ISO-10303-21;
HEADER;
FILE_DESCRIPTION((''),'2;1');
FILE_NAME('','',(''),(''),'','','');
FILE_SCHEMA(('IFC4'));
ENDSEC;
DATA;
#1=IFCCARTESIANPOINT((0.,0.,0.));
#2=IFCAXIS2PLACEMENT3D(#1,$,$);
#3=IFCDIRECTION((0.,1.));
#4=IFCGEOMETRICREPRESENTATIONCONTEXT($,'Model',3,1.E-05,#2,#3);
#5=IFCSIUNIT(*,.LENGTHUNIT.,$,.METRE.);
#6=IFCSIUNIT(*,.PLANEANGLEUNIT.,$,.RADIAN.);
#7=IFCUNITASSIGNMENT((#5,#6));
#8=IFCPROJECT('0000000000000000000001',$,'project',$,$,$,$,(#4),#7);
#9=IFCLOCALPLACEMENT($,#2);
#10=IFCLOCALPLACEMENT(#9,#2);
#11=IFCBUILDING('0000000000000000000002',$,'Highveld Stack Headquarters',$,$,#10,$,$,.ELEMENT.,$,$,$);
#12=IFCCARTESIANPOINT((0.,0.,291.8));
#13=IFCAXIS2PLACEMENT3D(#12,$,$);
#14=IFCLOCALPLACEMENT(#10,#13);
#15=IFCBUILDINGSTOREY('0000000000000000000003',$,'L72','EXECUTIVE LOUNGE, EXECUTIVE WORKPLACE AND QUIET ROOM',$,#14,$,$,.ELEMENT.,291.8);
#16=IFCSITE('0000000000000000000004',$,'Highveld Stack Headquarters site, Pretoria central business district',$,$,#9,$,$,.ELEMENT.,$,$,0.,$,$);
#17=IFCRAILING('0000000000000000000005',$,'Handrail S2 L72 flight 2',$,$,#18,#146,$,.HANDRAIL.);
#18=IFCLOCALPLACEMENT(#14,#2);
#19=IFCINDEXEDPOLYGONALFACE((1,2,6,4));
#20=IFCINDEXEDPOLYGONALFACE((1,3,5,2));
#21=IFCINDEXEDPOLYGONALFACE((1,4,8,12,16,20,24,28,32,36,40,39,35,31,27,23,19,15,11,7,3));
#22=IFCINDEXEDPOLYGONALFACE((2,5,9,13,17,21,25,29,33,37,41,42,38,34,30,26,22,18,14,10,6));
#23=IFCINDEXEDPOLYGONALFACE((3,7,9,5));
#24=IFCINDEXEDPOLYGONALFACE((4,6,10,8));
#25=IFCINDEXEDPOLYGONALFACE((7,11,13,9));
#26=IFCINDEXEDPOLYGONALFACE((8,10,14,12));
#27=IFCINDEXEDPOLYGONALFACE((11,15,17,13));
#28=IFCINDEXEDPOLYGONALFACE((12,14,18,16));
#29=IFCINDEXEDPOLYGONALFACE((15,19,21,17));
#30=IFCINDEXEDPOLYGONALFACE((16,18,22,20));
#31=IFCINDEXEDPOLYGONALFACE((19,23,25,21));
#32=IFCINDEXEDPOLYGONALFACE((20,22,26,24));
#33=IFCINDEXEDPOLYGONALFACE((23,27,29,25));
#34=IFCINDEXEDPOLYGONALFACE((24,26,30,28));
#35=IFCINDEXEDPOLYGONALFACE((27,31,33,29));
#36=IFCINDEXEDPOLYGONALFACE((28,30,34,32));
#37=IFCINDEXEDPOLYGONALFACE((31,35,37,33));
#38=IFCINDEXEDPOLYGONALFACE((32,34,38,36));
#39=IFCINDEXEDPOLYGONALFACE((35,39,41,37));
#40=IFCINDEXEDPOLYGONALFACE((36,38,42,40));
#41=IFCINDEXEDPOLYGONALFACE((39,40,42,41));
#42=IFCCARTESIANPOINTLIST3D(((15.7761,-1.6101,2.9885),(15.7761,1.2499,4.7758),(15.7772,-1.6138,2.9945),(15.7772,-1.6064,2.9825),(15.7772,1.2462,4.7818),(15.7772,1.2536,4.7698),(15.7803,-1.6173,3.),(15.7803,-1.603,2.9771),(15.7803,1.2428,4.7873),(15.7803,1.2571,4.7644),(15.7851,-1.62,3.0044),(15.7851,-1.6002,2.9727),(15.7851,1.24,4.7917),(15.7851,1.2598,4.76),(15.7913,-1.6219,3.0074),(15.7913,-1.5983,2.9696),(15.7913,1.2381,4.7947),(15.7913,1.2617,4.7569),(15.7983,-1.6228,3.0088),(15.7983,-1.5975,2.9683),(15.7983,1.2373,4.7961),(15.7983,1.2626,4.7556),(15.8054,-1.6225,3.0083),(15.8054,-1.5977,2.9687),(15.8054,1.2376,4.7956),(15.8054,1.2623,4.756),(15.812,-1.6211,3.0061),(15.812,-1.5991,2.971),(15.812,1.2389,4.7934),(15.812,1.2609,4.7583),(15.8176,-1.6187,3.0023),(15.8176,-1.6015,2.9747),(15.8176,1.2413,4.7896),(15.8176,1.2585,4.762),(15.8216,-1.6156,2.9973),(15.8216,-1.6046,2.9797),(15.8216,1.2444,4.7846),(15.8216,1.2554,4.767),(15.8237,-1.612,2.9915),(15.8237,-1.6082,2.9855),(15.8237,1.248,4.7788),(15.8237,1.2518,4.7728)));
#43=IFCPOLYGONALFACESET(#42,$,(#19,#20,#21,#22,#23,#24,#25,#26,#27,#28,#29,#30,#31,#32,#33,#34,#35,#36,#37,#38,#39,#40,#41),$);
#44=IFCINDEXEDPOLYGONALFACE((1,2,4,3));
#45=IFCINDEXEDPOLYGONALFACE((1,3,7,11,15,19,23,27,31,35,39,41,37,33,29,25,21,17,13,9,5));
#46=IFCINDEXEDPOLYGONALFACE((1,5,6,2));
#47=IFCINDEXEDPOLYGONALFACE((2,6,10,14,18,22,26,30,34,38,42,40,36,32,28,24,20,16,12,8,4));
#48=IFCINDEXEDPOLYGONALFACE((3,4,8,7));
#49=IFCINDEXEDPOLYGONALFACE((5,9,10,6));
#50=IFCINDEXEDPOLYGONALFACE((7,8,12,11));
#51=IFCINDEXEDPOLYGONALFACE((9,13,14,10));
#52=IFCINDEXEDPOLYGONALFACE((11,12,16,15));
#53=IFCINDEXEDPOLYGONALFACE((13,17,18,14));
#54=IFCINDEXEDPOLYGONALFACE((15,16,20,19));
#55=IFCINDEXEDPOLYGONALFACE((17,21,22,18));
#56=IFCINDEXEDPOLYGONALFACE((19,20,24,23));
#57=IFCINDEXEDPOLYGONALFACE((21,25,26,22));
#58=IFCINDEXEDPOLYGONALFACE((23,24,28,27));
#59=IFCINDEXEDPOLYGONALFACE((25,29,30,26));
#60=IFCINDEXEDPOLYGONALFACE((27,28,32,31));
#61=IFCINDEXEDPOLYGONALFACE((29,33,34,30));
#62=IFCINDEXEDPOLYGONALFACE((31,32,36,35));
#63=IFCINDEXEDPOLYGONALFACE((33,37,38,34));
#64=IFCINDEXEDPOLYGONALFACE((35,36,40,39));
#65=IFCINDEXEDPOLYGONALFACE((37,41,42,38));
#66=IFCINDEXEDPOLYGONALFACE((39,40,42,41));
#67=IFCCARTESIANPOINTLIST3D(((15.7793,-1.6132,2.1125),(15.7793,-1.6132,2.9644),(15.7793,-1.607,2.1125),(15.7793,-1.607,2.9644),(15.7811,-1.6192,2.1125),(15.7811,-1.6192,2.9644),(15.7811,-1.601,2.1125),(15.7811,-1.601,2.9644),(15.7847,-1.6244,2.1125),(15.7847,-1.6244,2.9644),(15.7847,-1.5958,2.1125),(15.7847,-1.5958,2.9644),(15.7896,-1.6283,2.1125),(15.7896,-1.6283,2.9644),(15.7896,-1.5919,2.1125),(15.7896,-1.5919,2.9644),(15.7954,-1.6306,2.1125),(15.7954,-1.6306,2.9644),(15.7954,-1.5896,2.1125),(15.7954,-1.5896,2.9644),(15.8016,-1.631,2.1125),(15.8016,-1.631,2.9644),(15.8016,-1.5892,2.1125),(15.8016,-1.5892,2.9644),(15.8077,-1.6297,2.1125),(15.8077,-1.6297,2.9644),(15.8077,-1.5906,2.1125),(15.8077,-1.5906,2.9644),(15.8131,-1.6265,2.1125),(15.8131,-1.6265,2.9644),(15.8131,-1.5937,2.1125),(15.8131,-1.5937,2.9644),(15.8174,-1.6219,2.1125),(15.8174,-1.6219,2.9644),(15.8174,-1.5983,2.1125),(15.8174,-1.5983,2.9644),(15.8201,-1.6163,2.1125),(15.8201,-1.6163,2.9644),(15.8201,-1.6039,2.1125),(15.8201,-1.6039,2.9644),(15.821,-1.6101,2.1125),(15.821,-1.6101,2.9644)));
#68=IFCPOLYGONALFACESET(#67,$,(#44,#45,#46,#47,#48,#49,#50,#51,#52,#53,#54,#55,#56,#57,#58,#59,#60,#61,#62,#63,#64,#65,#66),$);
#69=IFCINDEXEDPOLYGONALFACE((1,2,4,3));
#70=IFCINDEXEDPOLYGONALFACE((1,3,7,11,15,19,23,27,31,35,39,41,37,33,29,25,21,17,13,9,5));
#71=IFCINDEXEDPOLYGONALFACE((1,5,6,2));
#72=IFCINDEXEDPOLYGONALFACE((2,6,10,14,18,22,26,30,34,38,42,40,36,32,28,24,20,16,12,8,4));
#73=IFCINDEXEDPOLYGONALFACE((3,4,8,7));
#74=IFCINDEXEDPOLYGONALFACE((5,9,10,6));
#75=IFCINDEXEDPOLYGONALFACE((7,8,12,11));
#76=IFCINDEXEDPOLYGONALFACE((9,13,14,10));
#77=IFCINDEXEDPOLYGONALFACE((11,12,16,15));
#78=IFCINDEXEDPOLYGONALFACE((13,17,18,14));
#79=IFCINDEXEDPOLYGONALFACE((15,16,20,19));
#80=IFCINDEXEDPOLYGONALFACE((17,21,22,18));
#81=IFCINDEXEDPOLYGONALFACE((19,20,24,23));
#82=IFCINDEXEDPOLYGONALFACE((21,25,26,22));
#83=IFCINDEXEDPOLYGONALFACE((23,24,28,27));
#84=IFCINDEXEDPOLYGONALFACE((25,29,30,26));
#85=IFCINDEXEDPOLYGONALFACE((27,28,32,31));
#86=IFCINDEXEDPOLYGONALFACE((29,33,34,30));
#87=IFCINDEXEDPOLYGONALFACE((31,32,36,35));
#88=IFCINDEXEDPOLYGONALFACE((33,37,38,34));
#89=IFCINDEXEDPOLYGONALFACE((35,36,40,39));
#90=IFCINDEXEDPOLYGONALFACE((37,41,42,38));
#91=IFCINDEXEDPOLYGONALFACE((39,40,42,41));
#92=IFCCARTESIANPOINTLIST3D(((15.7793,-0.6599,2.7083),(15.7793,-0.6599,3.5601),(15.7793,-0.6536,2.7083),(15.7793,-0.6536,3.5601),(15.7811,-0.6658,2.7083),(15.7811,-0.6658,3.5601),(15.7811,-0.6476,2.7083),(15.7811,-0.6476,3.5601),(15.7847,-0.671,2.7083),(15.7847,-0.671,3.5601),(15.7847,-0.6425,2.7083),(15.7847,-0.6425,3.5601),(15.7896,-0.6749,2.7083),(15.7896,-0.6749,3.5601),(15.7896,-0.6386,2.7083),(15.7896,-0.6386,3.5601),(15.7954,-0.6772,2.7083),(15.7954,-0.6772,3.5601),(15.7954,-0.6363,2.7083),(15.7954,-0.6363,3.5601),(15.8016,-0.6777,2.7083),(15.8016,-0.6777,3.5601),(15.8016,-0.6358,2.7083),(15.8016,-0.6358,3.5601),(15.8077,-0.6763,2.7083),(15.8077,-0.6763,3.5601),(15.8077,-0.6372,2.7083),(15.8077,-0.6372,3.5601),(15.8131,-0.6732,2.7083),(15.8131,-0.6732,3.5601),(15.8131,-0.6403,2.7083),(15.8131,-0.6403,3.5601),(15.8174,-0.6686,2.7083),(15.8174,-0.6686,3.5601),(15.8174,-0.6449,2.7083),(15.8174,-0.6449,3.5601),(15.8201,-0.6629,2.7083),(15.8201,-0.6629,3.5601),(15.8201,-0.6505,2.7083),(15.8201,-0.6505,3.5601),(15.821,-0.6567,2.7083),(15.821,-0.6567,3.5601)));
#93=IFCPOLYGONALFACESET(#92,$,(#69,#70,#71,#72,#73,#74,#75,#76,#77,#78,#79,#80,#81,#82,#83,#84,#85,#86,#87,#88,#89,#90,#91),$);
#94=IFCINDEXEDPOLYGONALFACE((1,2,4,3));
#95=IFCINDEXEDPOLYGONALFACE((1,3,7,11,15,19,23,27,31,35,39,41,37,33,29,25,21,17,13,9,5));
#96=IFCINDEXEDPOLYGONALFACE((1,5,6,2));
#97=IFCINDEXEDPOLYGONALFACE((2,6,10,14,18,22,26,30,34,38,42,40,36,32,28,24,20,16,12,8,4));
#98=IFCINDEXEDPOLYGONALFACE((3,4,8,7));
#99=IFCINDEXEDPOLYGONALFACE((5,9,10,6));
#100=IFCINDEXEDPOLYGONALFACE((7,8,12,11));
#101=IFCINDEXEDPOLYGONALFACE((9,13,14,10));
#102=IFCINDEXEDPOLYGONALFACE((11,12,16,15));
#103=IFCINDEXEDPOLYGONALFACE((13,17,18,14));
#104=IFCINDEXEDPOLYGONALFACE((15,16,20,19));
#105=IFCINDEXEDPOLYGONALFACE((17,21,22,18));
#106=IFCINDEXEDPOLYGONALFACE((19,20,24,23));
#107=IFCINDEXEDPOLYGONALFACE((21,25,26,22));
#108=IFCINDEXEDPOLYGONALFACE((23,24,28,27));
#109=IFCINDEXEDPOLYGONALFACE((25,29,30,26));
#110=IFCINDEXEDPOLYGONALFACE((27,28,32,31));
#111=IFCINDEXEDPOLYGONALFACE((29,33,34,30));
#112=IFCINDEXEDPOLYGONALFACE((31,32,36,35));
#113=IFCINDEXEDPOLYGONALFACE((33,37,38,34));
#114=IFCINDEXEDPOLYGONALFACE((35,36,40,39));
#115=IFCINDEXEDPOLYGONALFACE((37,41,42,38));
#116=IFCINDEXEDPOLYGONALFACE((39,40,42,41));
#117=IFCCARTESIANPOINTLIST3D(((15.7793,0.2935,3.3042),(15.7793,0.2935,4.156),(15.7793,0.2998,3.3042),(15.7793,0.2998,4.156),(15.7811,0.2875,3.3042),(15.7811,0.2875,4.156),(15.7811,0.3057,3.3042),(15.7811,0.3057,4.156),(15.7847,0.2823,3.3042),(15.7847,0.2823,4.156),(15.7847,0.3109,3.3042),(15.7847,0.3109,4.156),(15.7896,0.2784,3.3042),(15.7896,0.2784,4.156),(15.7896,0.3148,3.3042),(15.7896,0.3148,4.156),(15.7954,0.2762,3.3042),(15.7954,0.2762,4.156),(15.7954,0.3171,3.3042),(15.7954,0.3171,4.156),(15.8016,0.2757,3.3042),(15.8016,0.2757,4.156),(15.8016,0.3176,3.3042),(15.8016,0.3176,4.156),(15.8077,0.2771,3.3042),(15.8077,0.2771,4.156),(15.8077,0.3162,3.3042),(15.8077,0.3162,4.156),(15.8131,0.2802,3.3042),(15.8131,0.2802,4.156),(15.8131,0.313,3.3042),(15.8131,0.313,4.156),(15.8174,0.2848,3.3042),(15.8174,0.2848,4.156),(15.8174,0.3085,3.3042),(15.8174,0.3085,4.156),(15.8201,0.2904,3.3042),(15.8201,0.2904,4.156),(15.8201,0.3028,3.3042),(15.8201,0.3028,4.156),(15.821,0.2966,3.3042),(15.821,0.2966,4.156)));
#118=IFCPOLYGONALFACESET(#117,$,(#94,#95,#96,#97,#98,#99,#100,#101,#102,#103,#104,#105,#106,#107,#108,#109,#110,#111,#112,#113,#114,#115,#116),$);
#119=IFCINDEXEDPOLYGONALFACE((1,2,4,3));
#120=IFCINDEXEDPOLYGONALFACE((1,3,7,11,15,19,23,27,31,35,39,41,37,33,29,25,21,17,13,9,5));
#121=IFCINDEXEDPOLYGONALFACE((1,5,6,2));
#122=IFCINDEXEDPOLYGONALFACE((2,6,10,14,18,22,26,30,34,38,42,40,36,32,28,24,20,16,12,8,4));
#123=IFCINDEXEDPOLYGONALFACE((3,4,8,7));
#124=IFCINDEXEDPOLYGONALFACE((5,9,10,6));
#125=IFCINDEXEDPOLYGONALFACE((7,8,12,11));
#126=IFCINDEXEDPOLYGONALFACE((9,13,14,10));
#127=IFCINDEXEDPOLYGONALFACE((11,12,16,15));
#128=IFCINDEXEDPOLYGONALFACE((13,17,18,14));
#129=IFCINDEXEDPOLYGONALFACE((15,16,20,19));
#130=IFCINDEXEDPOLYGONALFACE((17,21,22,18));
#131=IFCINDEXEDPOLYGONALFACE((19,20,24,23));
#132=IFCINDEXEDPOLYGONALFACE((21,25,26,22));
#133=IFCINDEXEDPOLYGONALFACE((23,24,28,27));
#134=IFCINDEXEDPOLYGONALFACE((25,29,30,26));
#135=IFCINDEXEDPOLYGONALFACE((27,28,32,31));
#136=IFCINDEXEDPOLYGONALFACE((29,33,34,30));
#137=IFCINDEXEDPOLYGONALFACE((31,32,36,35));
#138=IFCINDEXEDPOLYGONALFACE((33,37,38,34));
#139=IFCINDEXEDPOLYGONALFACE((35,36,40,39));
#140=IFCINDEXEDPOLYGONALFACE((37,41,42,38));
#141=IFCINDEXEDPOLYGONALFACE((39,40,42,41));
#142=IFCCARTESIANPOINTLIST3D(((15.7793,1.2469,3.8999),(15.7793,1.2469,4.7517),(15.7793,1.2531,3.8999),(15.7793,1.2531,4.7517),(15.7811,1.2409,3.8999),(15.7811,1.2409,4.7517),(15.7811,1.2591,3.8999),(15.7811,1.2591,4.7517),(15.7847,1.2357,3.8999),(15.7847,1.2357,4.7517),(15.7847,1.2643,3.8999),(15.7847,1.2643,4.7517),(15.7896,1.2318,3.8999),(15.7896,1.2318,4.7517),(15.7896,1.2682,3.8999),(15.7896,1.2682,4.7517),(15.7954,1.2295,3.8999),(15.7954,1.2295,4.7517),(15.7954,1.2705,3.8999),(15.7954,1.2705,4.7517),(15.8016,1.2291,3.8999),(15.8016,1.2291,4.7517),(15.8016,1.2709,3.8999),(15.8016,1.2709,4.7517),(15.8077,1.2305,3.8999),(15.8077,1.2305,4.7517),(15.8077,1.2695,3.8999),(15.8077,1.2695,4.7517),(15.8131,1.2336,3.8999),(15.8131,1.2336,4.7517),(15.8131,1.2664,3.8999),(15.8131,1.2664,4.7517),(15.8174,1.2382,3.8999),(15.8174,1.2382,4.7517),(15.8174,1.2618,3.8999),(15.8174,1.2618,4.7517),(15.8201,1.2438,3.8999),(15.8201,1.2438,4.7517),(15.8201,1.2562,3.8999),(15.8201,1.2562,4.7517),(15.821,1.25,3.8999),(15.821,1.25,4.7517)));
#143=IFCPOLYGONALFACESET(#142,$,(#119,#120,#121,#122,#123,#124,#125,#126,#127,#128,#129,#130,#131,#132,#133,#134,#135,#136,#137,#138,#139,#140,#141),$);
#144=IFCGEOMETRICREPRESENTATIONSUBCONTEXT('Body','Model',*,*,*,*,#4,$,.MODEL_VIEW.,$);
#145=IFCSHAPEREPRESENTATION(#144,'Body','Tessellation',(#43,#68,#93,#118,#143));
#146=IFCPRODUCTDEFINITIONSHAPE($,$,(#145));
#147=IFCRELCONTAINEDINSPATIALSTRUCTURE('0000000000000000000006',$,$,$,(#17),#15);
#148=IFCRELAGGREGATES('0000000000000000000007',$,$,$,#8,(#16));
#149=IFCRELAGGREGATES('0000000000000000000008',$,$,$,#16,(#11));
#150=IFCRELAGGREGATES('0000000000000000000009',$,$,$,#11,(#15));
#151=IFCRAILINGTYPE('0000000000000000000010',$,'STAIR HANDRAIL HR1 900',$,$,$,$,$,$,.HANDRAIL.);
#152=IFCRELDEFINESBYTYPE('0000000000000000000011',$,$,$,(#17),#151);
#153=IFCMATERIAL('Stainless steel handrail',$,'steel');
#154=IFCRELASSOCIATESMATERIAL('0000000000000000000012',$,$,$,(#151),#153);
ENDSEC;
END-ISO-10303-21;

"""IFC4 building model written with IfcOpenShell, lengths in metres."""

from ifc_helpers import new_model, si_unit, direction, frame, origin, origin_2d, place, context, subcontext, project, spatial, circle, extrude, material, type_object, element, save


model = new_model("IFC4")

# Units and contexts
model_context = context("Model", 3, precision=1e-05, world=origin(), true_north=direction((0.0, 1.0)))
body_context = subcontext(model_context, "Body", "Model", "MODEL_VIEW")
ifc_project = project(units=[si_unit("LENGTHUNIT", "METRE"), si_unit("PLANEANGLEUNIT", "RADIAN")], contexts=[model_context])

# Site, building, storey
site_placement = place(None, origin())
site = spatial("IfcSite", under=ifc_project, at=site_placement, Name="Highveld Stack Headquarters site, Pretoria central business district", CompositionType="ELEMENT", RefElevation=0.0)
building_placement = place(site_placement, origin())
building = spatial("IfcBuilding", under=site, at=building_placement, Name="Highveld Stack Headquarters", CompositionType="ELEMENT")
storey_placement = place(building_placement, frame((0.0, 0.0, 291.8)))
storey = spatial("IfcBuildingStorey", under=building, at=storey_placement, Name="L72", Description="EXECUTIVE LOUNGE, EXECUTIVE WORKPLACE AND QUIET ROOM", CompositionType="ELEMENT", Elevation=291.8)

# Railing
ifc_material_1 = material(Name="Stainless steel handrail", Category="steel")
railing_type = type_object("IfcRailingType", Name="STAIR HANDRAIL HR1 900", PredefinedType="HANDRAIL", material=ifc_material_1)
railing_placement = place(storey_placement, frame((15.8, -1.6101, 2.1125)))
element("IfcRailing", 1, at=railing_placement, inside=storey, type_object=railing_type, Name="Handrail S2 L72 flight 2", PredefinedType="HANDRAIL", context=body_context, shape_type="SweptSolid", body=[
    extrude(circle(Radius=0.0239, at=origin_2d()), frame((0.0, 0.0, 0.876), z_axis=(0.0, 0.848027, 0.529953), x_axis=(-1.0, 0.0, 0.0)), (0.0, 0.0, 1.0), 3.3726),
    extrude(circle(Radius=0.021, at=origin_2d()), origin(), (0.0, 0.0, 1.0), 0.8518),
    extrude(circle(Radius=0.021, at=origin_2d()), frame((0.0, 0.9534, 0.5957)), (0.0, 0.0, 1.0), 0.8518),
    extrude(circle(Radius=0.021, at=origin_2d()), frame((0.0, 1.9067, 1.1917)), (0.0, 0.0, 1.0), 0.8518),
    extrude(circle(Radius=0.021, at=origin_2d()), frame((0.0, 2.8601, 1.7874)), (0.0, 0.0, 1.0), 0.8518),
])

save(model, "model.ifc")
